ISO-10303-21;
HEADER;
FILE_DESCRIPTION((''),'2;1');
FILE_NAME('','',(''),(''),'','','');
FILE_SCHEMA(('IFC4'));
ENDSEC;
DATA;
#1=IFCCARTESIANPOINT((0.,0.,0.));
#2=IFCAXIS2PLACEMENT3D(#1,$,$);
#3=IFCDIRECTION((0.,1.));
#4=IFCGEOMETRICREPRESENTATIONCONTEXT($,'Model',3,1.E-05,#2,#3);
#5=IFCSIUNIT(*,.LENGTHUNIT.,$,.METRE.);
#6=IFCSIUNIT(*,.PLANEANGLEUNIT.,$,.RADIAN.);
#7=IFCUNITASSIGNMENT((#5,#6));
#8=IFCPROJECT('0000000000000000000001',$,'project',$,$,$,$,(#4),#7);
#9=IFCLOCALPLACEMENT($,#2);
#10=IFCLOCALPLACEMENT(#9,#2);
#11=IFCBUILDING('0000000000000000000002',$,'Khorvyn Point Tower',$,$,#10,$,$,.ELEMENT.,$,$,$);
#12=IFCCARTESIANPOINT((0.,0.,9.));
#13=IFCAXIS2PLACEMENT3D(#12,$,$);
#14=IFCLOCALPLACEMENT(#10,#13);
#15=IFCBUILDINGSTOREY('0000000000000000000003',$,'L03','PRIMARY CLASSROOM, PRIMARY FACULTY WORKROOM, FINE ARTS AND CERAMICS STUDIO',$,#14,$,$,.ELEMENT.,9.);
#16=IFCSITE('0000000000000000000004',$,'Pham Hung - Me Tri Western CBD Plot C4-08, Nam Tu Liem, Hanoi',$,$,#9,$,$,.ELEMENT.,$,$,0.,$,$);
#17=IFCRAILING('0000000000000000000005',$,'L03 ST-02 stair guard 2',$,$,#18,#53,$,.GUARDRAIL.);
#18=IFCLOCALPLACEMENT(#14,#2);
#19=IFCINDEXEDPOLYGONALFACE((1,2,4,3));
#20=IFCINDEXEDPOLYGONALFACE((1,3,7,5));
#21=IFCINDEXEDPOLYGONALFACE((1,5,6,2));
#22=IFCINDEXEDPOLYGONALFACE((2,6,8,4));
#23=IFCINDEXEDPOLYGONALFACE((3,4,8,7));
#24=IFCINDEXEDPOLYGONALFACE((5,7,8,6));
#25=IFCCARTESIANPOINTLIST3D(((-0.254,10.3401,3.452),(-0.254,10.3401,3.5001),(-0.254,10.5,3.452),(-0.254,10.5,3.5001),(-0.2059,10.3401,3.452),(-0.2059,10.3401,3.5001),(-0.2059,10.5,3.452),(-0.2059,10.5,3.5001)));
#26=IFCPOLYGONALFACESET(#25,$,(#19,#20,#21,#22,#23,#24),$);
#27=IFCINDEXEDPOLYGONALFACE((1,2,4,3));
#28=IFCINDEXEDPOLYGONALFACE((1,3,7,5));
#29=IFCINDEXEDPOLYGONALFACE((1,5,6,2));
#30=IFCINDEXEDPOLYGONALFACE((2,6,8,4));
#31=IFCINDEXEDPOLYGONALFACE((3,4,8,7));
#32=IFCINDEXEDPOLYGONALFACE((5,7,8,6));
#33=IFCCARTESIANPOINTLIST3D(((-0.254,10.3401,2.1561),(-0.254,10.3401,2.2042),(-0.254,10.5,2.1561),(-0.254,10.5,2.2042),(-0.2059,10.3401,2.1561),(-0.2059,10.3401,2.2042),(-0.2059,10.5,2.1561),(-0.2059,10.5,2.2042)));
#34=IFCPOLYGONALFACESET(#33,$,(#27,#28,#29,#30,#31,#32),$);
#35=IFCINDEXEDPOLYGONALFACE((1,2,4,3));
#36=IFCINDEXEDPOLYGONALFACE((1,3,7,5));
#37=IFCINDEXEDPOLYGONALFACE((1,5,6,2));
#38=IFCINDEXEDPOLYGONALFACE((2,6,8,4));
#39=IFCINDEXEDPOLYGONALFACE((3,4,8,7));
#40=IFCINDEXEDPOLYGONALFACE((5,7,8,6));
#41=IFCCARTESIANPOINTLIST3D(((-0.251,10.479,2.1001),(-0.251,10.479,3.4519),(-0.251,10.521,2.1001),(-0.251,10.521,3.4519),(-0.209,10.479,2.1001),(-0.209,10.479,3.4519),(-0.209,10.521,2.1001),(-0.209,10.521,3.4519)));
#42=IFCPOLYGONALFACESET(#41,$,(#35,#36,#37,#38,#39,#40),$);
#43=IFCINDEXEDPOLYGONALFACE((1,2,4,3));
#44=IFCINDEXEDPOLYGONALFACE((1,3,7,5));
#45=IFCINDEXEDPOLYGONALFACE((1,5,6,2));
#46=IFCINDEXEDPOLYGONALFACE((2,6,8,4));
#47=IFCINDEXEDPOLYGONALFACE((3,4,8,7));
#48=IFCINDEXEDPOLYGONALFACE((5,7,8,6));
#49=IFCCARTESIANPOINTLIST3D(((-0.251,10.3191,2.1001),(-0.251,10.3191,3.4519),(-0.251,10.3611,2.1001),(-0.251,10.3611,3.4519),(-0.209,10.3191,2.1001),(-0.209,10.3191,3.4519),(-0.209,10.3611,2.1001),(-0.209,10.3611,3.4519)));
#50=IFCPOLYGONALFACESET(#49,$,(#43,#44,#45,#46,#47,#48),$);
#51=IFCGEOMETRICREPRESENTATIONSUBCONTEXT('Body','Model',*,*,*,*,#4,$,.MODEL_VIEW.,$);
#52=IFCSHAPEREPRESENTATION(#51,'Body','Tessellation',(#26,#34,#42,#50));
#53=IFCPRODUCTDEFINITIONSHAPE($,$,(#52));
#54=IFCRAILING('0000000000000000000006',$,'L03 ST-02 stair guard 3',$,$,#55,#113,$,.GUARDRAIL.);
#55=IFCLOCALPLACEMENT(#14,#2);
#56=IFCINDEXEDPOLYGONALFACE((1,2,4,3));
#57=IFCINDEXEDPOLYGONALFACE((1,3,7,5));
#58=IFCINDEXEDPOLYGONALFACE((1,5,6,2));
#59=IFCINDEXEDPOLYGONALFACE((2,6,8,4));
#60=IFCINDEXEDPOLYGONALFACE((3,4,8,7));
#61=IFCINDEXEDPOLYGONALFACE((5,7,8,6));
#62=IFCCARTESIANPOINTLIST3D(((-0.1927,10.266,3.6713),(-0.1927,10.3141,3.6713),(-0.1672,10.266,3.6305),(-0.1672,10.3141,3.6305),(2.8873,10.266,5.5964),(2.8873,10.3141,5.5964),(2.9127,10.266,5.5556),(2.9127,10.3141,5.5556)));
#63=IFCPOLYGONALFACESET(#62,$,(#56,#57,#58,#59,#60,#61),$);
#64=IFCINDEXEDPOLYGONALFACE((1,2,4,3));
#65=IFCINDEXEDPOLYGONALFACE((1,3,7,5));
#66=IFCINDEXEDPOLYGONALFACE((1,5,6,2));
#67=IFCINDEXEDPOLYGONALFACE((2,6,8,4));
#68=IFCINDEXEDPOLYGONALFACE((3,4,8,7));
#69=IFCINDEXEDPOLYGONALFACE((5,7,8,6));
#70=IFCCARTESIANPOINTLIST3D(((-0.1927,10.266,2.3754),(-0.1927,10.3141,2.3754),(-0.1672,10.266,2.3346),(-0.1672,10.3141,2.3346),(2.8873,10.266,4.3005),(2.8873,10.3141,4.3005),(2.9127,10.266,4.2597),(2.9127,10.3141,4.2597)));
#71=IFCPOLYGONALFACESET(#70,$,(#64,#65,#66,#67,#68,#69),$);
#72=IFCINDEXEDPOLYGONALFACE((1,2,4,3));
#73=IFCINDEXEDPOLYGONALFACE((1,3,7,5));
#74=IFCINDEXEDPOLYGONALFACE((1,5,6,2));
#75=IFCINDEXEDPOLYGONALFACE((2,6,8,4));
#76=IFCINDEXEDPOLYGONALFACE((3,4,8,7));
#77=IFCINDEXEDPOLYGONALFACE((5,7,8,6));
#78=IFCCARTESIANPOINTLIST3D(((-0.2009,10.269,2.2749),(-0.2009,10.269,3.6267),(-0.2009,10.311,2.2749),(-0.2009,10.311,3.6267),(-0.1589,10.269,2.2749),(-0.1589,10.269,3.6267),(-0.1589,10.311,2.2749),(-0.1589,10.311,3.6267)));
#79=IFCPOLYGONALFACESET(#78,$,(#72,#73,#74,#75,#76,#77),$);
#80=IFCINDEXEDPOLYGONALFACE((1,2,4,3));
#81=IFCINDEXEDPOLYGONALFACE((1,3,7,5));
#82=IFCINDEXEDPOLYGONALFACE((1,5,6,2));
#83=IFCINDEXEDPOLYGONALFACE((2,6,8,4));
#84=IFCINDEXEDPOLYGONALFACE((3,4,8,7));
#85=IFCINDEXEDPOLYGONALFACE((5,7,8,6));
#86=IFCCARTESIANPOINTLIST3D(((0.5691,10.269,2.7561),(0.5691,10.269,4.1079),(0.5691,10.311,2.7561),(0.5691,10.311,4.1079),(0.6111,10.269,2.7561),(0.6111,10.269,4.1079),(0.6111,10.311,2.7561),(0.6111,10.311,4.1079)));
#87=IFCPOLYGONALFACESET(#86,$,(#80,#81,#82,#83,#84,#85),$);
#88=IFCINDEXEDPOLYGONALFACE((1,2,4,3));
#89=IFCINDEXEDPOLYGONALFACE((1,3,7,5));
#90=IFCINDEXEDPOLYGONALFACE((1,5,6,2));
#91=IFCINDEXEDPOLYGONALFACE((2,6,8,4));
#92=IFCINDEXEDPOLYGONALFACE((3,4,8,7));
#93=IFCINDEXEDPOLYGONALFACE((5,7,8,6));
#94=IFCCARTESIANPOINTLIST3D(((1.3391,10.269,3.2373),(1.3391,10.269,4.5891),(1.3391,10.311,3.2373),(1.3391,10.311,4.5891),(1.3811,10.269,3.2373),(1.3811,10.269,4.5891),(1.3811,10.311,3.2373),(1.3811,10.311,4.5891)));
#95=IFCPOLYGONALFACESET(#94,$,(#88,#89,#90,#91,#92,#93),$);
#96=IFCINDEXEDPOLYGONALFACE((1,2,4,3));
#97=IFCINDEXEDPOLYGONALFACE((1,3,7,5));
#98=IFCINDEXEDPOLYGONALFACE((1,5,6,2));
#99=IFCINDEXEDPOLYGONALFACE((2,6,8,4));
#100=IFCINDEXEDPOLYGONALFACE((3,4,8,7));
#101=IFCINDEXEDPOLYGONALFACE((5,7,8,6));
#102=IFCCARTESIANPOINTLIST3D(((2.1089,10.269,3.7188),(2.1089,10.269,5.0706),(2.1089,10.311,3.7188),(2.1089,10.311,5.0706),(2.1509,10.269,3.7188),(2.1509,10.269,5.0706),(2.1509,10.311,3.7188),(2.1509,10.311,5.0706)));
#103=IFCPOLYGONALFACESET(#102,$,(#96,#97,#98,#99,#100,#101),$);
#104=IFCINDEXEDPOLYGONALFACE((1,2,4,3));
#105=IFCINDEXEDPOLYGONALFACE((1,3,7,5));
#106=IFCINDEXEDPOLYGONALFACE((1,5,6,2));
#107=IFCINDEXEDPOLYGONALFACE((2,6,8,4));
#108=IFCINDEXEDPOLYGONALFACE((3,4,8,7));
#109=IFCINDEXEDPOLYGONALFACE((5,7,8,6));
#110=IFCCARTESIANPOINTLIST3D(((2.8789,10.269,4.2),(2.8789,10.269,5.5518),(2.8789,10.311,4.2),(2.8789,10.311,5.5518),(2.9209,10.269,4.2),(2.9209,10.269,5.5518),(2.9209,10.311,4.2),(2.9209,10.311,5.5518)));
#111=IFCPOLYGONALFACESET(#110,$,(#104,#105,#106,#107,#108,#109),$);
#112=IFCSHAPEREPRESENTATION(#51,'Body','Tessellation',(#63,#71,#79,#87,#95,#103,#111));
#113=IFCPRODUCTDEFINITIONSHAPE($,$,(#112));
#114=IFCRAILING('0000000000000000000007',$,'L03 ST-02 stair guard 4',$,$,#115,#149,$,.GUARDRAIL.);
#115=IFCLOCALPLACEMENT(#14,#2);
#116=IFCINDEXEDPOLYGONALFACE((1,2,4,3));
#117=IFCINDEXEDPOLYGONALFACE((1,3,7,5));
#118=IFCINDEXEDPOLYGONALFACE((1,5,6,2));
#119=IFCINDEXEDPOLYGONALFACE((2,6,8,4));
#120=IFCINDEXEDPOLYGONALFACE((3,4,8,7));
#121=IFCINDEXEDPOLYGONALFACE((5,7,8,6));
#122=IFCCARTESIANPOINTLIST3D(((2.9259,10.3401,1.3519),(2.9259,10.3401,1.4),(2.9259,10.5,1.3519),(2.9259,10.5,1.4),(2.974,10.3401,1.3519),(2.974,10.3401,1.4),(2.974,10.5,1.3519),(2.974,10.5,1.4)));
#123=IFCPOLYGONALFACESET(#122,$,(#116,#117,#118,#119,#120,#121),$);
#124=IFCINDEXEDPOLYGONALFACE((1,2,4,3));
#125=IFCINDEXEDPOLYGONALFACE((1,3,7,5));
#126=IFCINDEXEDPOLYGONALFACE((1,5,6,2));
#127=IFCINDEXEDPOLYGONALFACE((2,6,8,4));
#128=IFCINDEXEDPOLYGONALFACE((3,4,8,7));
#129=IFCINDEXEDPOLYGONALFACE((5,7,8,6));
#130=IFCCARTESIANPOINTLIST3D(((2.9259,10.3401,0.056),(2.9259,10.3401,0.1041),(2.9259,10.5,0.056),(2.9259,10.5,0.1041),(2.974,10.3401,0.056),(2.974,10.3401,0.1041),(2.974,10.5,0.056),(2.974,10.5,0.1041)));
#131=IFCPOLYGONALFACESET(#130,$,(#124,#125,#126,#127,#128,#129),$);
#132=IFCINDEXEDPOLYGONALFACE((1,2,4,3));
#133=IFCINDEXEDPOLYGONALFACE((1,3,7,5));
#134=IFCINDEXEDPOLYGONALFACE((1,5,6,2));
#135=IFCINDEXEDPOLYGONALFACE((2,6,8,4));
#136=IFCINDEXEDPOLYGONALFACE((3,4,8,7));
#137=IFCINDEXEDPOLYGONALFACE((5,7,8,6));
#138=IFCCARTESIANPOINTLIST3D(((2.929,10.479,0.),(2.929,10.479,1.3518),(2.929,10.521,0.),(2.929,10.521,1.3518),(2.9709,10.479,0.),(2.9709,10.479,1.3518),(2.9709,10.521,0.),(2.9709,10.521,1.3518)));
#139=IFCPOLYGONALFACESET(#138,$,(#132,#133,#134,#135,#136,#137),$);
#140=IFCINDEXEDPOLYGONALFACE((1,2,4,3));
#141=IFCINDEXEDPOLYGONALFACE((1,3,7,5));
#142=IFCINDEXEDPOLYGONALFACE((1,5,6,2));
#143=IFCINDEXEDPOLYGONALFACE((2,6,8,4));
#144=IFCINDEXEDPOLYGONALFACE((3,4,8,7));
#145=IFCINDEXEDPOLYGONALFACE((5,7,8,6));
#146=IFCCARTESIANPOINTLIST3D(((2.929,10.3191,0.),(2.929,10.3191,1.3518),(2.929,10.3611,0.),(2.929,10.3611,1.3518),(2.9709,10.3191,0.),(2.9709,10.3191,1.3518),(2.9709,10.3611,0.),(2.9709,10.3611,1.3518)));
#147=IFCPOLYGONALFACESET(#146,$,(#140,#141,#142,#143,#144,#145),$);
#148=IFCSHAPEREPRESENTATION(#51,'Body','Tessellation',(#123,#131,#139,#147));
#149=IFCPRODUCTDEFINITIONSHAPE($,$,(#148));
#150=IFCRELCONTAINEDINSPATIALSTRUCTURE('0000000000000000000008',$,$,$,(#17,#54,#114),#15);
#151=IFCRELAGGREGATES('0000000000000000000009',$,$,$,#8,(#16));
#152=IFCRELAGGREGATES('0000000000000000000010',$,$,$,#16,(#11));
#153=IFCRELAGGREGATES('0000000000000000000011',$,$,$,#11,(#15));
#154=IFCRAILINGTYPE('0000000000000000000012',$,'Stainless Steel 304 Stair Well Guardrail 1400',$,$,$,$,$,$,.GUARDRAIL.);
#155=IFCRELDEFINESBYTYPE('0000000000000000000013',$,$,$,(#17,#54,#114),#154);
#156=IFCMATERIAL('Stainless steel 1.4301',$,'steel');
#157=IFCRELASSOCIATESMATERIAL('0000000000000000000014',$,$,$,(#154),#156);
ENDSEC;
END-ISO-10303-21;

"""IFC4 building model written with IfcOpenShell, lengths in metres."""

from ifc_helpers import new_model, si_unit, direction, frame, origin, origin_2d, place, context, subcontext, project, spatial, rectangle, extrude, material, type_object, element, save


model = new_model("IFC4")

# Units and contexts
model_context = context("Model", 3, precision=1e-05, world=origin(), true_north=direction((0.0, 1.0)))
body_context = subcontext(model_context, "Body", "Model", "MODEL_VIEW")
ifc_project = project(units=[si_unit("LENGTHUNIT", "METRE"), si_unit("PLANEANGLEUNIT", "RADIAN")], contexts=[model_context])

# Site, building, storey
site_placement = place(None, origin())
site = spatial("IfcSite", under=ifc_project, at=site_placement, Name="Pham Hung - Me Tri Western CBD Plot C4-08, Nam Tu Liem, Hanoi", CompositionType="ELEMENT", RefElevation=0.0)
building_placement = place(site_placement, origin())
building = spatial("IfcBuilding", under=site, at=building_placement, Name="Khorvyn Point Tower", CompositionType="ELEMENT")
storey_placement = place(building_placement, frame((0.0, 0.0, 9.0)))
storey = spatial("IfcBuildingStorey", under=building, at=storey_placement, Name="L03", Description="PRIMARY CLASSROOM, PRIMARY FACULTY WORKROOM, FINE ARTS AND CERAMICS STUDIO", CompositionType="ELEMENT", Elevation=9.0)

# Shared definitions
ifc_material_1 = material(Name="Stainless steel 1.4301", Category="steel")

# Railings
railing_type_1 = type_object("IfcRailingType", Name="Stainless Steel 304 Stair Well Guardrail 1400", PredefinedType="GUARDRAIL", material=ifc_material_1)
railing_1_placement = place(storey_placement, frame((-0.23, 10.5, 2.1001)))
element("IfcRailing", 1, at=railing_1_placement, inside=storey, type_object=railing_type_1, Name="L03 ST-02 stair guard 2", PredefinedType="GUARDRAIL", context=body_context, shape_type="SweptSolid", body=[
    extrude(rectangle(XDim=0.0481, YDim=0.0481, at=origin_2d()), frame((0.0, 0.0, 1.376), z_axis=(0.0, -1.0, 0.0), x_axis=(1.0, 0.0, 0.0)), (0.0, 0.0, 1.0), 0.1599),
    extrude(rectangle(XDim=0.0481, YDim=0.0481, at=origin_2d()), frame((0.0, 0.0, 0.0801), z_axis=(0.0, -1.0, 0.0), x_axis=(1.0, 0.0, 0.0)), (0.0, 0.0, 1.0), 0.1599),
    extrude(rectangle(XDim=0.042, YDim=0.042, at=origin_2d()), origin(), (0.0, 0.0, 1.0), 1.3518),
    extrude(rectangle(XDim=0.042, YDim=0.042, at=origin_2d()), frame((0.0, -0.1599, 0.0)), (0.0, 0.0, 1.0), 1.3518),
])
railing_2_placement = place(storey_placement, frame((-0.1799, 10.29, 2.2749)))
element("IfcRailing", 2, at=railing_2_placement, inside=storey, type_object=railing_type_1, Name="L03 ST-02 stair guard 3", PredefinedType="GUARDRAIL", context=body_context, shape_type="SweptSolid", body=[
    extrude(rectangle(XDim=0.0481, YDim=0.0481, at=origin_2d()), frame((0.0, 0.0, 1.376), z_axis=(0.847979, 0.0, 0.530029), x_axis=(0.0, 1.0, 0.0)), (0.0, 0.0, 1.0), 3.6321),
    extrude(rectangle(XDim=0.0481, YDim=0.0481, at=origin_2d()), frame((0.0, 0.0, 0.0801), z_axis=(0.847979, 0.0, 0.530029), x_axis=(0.0, 1.0, 0.0)), (0.0, 0.0, 1.0), 3.6321),
    extrude(rectangle(XDim=0.042, YDim=0.042, at=origin_2d()), origin(), (0.0, 0.0, 1.0), 1.3518),
    extrude(rectangle(XDim=0.042, YDim=0.042, at=origin_2d()), frame((0.77, 0.0, 0.4812)), (0.0, 0.0, 1.0), 1.3518),
    extrude(rectangle(XDim=0.042, YDim=0.042, at=origin_2d()), frame((1.54, 0.0, 0.9624)), (0.0, 0.0, 1.0), 1.3518),
    extrude(rectangle(XDim=0.042, YDim=0.042, at=origin_2d()), frame((2.3098, 0.0, 1.4438)), (0.0, 0.0, 1.0), 1.3518),
    extrude(rectangle(XDim=0.042, YDim=0.042, at=origin_2d()), frame((3.0798, 0.0, 1.925)), (0.0, 0.0, 1.0), 1.3518),
])
railing_3_placement = place(storey_placement, frame((2.95, 10.5, 0.0)))
element("IfcRailing", 3, at=railing_3_placement, inside=storey, type_object=railing_type_1, Name="L03 ST-02 stair guard 4", PredefinedType="GUARDRAIL", context=body_context, shape_type="SweptSolid", body=[
    extrude(rectangle(XDim=0.0481, YDim=0.0481, at=origin_2d()), frame((0.0, 0.0, 1.376), z_axis=(0.0, -1.0, 0.0), x_axis=(1.0, 0.0, 0.0)), (0.0, 0.0, 1.0), 0.1599),
    extrude(rectangle(XDim=0.0481, YDim=0.0481, at=origin_2d()), frame((0.0, 0.0, 0.0801), z_axis=(0.0, -1.0, 0.0), x_axis=(1.0, 0.0, 0.0)), (0.0, 0.0, 1.0), 0.1599),
    extrude(rectangle(XDim=0.042, YDim=0.042, at=origin_2d()), origin(), (0.0, 0.0, 1.0), 1.3518),
    extrude(rectangle(XDim=0.042, YDim=0.042, at=origin_2d()), frame((0.0, -0.1599, 0.0)), (0.0, 0.0, 1.0), 1.3518),
])

save(model, "model.ifc")
